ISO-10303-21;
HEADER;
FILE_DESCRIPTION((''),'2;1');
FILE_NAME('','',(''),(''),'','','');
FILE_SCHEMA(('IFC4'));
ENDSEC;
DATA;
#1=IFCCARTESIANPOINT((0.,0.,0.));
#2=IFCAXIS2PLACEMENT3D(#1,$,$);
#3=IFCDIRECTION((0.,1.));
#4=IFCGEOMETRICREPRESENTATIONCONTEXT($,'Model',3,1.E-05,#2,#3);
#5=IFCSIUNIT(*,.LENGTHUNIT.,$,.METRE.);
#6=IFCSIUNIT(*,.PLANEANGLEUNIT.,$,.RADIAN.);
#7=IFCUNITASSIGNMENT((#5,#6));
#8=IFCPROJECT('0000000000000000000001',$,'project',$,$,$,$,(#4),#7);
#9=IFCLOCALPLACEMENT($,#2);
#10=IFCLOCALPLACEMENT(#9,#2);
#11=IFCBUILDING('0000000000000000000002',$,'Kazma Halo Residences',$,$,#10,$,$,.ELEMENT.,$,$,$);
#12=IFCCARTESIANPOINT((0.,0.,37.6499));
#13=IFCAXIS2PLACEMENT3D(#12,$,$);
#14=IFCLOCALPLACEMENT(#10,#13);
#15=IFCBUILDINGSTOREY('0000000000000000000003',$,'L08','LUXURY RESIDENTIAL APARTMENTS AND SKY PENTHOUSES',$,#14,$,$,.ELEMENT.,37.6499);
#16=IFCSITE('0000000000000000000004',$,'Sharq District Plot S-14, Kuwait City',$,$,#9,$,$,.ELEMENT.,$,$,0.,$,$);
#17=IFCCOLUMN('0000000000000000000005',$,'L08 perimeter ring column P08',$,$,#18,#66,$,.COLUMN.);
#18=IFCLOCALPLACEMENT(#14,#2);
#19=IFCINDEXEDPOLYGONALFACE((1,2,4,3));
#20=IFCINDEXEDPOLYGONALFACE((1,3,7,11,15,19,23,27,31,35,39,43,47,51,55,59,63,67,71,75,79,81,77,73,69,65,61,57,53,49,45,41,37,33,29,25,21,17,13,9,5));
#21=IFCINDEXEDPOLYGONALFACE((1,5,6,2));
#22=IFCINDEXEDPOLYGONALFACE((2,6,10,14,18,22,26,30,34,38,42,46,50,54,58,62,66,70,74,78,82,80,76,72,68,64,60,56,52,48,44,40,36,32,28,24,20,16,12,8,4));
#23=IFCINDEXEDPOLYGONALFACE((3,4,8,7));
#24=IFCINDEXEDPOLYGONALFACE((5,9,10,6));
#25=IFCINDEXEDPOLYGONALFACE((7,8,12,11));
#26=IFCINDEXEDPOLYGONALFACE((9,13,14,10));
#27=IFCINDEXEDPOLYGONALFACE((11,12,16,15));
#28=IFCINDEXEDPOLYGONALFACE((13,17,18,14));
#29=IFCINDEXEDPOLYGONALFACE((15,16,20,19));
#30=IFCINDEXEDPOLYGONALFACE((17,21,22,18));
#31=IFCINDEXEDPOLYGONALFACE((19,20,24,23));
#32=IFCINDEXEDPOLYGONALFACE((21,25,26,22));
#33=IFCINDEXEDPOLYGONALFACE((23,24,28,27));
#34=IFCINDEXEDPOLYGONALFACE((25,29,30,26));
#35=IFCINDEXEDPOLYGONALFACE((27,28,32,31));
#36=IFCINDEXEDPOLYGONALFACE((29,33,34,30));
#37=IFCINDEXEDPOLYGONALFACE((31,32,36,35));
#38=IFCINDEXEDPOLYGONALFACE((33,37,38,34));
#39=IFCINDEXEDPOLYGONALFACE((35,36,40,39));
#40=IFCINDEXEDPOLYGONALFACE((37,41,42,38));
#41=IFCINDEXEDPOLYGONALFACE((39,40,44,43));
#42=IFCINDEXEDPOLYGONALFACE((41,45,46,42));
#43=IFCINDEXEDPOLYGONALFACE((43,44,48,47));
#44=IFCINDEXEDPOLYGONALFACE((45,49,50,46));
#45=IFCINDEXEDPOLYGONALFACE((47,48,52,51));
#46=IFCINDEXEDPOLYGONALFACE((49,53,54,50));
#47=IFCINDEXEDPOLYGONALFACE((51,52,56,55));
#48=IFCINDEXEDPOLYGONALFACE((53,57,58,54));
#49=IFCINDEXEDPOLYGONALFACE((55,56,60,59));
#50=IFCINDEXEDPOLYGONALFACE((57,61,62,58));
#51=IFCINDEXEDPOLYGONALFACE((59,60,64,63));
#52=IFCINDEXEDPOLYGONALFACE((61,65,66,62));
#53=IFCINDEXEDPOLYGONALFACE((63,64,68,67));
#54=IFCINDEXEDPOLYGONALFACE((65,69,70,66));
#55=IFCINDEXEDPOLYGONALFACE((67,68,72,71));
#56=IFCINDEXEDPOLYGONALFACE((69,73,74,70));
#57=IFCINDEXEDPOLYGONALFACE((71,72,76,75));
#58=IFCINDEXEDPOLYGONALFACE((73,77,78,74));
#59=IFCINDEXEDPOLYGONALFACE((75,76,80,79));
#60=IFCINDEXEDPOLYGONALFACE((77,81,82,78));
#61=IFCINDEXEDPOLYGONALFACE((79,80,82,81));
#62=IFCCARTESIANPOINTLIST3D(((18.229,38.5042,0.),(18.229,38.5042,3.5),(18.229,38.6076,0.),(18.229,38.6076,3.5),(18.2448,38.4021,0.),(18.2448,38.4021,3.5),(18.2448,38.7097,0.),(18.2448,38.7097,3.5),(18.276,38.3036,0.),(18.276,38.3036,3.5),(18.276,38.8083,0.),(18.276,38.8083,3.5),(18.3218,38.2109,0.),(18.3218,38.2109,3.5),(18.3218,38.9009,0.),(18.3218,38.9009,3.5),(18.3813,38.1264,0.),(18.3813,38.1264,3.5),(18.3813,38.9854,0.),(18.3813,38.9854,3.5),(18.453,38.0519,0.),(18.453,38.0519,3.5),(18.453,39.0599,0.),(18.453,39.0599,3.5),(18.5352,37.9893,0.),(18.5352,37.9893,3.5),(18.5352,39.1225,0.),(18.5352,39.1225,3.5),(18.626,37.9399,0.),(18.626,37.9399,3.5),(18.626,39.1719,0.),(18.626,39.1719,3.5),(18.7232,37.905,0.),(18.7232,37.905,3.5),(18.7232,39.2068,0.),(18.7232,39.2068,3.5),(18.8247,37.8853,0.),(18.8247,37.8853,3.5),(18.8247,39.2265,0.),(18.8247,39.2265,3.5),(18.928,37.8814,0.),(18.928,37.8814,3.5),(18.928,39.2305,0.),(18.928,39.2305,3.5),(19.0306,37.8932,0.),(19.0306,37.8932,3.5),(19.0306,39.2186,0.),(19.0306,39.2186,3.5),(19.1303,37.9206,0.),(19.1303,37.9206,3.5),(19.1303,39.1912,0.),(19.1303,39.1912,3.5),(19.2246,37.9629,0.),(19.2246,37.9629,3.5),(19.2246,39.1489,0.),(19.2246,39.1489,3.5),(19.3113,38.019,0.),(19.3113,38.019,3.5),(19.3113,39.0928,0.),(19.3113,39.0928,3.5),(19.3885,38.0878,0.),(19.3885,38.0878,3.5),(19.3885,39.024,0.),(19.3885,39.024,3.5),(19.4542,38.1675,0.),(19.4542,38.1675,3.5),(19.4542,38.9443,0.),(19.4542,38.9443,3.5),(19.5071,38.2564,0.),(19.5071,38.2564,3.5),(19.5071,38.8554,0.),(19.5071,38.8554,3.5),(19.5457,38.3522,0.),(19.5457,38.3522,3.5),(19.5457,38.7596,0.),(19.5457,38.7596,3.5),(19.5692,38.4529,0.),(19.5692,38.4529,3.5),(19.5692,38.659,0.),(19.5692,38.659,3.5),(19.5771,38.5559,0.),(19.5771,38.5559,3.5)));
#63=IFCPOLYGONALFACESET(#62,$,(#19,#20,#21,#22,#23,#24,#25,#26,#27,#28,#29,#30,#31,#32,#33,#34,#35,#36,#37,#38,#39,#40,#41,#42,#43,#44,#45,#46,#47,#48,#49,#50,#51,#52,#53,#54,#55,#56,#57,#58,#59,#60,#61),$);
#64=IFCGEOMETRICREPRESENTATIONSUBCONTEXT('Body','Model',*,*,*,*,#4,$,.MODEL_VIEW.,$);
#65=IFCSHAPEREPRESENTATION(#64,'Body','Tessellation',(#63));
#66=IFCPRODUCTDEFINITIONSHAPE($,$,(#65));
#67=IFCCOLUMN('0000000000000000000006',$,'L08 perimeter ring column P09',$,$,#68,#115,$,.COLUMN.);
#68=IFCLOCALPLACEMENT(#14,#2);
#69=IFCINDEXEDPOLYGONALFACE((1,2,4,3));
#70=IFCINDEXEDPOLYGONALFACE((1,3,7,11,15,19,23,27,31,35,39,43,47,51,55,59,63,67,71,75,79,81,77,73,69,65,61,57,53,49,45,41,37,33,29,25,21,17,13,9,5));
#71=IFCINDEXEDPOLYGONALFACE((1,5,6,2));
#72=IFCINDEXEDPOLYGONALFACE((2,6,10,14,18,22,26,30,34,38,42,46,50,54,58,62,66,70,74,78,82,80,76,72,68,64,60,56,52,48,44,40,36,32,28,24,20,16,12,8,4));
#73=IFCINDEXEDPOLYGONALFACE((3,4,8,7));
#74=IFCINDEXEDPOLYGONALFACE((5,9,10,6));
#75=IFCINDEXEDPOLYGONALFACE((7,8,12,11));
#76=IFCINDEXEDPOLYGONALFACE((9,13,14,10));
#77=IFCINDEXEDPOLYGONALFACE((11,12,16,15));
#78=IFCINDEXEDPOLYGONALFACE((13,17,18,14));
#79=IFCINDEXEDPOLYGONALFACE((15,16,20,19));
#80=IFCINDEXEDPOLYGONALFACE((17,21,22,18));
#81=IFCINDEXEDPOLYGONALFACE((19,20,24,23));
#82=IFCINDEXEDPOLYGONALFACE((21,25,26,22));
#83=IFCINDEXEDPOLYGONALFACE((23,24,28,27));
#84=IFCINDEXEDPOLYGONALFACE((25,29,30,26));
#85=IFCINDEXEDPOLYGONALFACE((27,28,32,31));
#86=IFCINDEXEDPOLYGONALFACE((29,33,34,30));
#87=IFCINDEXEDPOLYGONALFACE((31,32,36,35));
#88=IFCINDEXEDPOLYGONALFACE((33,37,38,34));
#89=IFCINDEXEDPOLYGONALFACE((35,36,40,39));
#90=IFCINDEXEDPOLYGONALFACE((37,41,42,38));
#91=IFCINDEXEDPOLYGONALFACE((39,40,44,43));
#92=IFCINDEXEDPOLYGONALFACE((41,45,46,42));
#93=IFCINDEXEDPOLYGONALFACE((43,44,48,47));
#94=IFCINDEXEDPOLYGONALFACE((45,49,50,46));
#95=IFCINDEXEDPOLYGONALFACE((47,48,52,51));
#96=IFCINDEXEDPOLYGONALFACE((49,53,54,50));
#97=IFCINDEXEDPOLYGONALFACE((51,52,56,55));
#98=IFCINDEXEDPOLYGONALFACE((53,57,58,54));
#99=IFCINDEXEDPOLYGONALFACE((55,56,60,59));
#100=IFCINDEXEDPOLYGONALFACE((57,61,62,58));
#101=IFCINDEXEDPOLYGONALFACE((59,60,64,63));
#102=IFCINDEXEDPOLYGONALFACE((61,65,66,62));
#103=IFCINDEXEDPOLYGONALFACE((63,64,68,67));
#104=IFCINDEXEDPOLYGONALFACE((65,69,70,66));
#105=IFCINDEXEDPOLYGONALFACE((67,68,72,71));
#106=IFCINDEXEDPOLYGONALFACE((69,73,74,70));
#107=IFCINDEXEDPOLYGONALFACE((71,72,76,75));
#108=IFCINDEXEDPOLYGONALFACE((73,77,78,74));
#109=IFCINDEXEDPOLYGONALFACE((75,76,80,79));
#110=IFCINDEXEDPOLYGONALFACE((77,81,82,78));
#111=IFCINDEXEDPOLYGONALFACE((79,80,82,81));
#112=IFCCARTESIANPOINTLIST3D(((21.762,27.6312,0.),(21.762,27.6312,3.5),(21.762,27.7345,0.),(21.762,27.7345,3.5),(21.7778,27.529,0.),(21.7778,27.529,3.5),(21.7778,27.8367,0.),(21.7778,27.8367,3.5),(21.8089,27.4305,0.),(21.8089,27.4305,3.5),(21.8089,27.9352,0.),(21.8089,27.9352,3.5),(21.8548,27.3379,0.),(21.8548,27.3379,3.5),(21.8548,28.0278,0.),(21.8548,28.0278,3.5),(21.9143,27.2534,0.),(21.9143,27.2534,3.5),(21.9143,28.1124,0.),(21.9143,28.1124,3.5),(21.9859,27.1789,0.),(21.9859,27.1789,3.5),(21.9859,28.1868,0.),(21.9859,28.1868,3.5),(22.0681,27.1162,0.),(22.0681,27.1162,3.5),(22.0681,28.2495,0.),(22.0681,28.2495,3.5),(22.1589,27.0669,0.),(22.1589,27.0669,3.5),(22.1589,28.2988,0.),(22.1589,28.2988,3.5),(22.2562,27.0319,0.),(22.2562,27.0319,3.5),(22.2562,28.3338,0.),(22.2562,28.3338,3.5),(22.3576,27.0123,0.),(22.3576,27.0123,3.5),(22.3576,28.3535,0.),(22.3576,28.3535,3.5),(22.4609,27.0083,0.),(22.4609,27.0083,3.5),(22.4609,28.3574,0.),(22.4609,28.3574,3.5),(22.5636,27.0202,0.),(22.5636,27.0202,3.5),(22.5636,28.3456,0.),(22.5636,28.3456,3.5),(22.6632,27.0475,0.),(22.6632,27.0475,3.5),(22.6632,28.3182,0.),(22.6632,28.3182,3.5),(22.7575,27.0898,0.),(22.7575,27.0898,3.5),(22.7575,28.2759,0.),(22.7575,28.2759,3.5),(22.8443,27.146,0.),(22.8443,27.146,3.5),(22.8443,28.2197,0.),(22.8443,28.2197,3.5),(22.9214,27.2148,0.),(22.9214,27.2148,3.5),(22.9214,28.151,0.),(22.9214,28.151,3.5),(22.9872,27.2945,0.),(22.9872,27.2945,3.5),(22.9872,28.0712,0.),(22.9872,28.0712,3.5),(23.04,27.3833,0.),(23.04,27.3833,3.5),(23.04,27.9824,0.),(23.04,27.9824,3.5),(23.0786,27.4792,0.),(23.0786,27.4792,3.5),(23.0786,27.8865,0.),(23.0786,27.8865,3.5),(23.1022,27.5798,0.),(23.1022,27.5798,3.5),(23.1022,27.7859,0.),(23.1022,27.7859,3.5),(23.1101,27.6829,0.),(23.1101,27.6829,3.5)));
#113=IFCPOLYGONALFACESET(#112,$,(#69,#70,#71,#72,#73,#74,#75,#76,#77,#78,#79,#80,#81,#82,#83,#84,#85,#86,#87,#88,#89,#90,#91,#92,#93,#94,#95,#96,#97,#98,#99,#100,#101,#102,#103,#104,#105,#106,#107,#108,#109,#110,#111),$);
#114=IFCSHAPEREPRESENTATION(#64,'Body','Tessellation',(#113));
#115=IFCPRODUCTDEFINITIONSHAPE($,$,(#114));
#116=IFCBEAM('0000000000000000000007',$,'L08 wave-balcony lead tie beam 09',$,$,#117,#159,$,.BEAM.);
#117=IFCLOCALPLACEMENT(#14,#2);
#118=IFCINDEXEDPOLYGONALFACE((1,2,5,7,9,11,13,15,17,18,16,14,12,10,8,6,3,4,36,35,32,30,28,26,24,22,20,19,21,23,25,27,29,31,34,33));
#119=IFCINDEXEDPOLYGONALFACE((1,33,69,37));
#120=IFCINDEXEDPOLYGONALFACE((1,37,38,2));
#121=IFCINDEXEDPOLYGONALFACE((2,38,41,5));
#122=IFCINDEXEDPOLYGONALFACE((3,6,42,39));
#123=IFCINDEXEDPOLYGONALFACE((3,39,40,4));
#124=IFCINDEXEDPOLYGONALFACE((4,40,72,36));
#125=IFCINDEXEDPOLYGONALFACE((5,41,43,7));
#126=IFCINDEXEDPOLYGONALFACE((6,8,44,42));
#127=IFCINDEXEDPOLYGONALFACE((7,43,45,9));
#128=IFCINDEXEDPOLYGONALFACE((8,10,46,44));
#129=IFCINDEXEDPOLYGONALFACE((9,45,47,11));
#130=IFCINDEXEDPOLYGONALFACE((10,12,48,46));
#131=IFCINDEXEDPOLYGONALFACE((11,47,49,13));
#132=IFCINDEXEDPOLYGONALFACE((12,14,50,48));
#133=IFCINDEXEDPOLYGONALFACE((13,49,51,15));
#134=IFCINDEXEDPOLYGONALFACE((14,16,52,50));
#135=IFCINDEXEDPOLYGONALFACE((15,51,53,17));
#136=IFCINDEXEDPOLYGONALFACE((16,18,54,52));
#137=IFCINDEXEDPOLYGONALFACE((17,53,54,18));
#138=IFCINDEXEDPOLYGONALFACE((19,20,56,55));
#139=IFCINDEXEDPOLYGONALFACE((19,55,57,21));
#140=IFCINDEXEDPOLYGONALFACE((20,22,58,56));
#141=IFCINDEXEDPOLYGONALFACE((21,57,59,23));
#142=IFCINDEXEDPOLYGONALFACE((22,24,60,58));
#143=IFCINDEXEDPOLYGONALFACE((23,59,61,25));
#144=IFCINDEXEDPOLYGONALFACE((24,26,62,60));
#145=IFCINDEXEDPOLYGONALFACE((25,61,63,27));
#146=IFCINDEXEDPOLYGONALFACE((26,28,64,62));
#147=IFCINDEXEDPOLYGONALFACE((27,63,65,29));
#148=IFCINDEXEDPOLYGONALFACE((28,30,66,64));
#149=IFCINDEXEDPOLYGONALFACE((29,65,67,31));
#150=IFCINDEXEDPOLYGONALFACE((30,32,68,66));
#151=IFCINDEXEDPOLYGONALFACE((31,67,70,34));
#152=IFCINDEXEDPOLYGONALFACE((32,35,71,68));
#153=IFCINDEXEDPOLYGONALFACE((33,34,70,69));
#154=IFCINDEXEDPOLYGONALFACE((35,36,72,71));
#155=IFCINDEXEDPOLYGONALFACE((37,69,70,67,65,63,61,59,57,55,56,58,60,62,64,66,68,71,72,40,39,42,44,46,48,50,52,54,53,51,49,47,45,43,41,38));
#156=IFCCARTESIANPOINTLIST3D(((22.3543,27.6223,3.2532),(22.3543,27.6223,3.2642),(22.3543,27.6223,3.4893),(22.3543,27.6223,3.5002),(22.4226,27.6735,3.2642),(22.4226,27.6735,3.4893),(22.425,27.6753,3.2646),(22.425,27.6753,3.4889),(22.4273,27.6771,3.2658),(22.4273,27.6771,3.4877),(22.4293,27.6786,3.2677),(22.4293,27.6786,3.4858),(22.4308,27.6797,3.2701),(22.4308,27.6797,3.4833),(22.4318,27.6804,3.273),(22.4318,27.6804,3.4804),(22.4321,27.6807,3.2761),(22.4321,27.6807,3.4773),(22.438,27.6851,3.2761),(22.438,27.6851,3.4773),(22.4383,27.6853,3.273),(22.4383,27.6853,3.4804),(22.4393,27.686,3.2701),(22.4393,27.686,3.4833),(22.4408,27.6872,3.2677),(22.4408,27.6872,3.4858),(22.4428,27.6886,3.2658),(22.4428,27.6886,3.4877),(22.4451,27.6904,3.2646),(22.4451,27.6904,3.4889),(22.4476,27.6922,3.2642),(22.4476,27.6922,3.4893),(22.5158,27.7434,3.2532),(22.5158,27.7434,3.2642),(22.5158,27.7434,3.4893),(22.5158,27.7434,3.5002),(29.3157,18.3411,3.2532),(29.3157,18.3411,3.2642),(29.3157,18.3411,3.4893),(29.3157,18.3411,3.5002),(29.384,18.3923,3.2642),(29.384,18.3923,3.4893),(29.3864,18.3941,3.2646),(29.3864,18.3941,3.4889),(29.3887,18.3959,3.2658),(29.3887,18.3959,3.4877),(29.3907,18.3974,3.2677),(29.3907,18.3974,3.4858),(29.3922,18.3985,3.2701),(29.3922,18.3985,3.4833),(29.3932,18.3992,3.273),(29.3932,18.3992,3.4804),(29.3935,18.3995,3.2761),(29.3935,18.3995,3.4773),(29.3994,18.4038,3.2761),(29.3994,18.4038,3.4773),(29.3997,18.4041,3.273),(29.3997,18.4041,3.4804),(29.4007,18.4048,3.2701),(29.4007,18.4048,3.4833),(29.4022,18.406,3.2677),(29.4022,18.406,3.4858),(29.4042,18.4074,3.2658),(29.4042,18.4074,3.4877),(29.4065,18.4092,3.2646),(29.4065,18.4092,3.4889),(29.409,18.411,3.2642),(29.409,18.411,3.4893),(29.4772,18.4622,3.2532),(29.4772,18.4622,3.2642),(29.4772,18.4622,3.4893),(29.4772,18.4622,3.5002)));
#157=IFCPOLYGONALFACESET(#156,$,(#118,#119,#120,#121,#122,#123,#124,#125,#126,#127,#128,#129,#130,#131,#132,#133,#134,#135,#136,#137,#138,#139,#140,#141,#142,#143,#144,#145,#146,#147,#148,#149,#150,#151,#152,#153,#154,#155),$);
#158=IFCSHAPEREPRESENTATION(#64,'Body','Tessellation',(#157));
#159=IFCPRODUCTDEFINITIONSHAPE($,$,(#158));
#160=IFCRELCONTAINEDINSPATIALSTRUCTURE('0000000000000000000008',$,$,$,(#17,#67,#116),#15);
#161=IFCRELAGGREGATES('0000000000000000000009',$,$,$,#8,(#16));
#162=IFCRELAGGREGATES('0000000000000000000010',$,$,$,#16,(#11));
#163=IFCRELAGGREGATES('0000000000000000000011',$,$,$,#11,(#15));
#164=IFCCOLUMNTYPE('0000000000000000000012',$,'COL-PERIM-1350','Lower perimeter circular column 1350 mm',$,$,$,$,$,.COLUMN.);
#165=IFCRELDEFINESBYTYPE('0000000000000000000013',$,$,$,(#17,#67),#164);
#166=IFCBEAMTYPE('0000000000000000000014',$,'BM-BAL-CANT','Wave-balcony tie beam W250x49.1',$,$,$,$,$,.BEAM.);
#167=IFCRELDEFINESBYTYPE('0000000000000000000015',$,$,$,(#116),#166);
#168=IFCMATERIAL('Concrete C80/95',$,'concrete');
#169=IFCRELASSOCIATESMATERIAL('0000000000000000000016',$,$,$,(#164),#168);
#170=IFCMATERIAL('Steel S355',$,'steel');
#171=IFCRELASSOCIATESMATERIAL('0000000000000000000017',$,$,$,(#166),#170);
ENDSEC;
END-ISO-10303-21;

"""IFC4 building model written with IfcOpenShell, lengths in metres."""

from ifc_helpers import new_model, si_unit, direction, frame, origin, origin_2d, place, context, subcontext, project, spatial, circle, i_section, extrude, material, material_profile, profile_set, type_object, element, save


model = new_model("IFC4")

# Units and contexts
model_context = context("Model", 3, precision=1e-05, world=origin(), true_north=direction((0.0, 1.0)))
body_context = subcontext(model_context, "Body", "Model", "MODEL_VIEW")
ifc_project = project(units=[si_unit("LENGTHUNIT", "METRE"), si_unit("PLANEANGLEUNIT", "RADIAN")], contexts=[model_context])

# Site, building, storey
site_placement = place(None, origin())
site = spatial("IfcSite", under=ifc_project, at=site_placement, Name="Sharq District Plot S-14, Kuwait City", CompositionType="ELEMENT", RefElevation=0.0)
building_placement = place(site_placement, origin())
building = spatial("IfcBuilding", under=site, at=building_placement, Name="Kazma Halo Residences", CompositionType="ELEMENT")
storey_placement = place(building_placement, frame((0.0, 0.0, 37.6499)))
storey = spatial("IfcBuildingStorey", under=building, at=storey_placement, Name="L08", Description="LUXURY RESIDENTIAL APARTMENTS AND SKY PENTHOUSES", CompositionType="ELEMENT", Elevation=37.6499)

# Columns
ifc_material_1 = material(Name="Concrete C80/95", Category="concrete")
ifc_material_profile_1 = material_profile(ifc_material_1, circle(Radius=0.675, at=origin_2d()), Name="CIRC1350")
ifc_profile_set_1 = profile_set([ifc_material_profile_1], Name="Concrete C80/95")
column_type = type_object("IfcColumnType", Name="COL-PERIM-1350", Description="Lower perimeter circular column 1350 mm", PredefinedType="COLUMN", material=ifc_profile_set_1)
for number, where, z_axis, x_axis, name in (
    (1, (18.9021, 38.5559, 0.0), (0.0, 0.0, 1.0), (1.0, 0.0, 0.0), "L08 perimeter ring column P08"),
    (2, (22.4351, 27.6829, 0.0), (0.0, 0.0, 1.0), (1.0, 0.0, 0.0), "L08 perimeter ring column P09"),
):
    element("IfcColumn", number, at=place(storey_placement, frame(where, z_axis=z_axis, x_axis=x_axis)), inside=storey, type_object=column_type, Name=name, PredefinedType="COLUMN", context=body_context, shape_type="SweptSolid", body=[
        extrude(circle(Radius=0.675, at=origin_2d()), origin(), (0.0, 0.0, 1.0), 3.5),
    ])

# Beam
ifc_material_2 = material(Name="Steel S355", Category="steel")
ifc_material_profile_2 = material_profile(ifc_material_2, i_section(OverallWidth=0.2019, OverallDepth=0.2471, WebThickness=0.0073, FlangeThickness=0.011, FilletRadius=0.012, at=origin_2d()), Name="W250x49.1")
ifc_profile_set_2 = profile_set([ifc_material_profile_2], Name="Steel S355")
beam_type_1 = type_object("IfcBeamType", Name="BM-BAL-CANT", Description="Wave-balcony tie beam W250x49.1", PredefinedType="BEAM", material=ifc_profile_set_2)
beam_1_placement = place(storey_placement, frame((22.4351, 27.6829, 3.3767), z_axis=(0.600027, -0.79998, 0.0), x_axis=(0.79998, 0.600027, 0.0)))
element("IfcBeam", 3, at=beam_1_placement, inside=storey, type_object=beam_type_1, Name="L08 wave-balcony lead tie beam 09", PredefinedType="BEAM", context=body_context, shape_type="SweptSolid", body=[
    extrude(i_section(OverallWidth=0.2019, OverallDepth=0.2471, WebThickness=0.0073, FlangeThickness=0.011, FilletRadius=0.012, at=origin_2d()), origin(), (0.0, 0.0, 1.0), 11.6018),
])

save(model, "model.ifc")
